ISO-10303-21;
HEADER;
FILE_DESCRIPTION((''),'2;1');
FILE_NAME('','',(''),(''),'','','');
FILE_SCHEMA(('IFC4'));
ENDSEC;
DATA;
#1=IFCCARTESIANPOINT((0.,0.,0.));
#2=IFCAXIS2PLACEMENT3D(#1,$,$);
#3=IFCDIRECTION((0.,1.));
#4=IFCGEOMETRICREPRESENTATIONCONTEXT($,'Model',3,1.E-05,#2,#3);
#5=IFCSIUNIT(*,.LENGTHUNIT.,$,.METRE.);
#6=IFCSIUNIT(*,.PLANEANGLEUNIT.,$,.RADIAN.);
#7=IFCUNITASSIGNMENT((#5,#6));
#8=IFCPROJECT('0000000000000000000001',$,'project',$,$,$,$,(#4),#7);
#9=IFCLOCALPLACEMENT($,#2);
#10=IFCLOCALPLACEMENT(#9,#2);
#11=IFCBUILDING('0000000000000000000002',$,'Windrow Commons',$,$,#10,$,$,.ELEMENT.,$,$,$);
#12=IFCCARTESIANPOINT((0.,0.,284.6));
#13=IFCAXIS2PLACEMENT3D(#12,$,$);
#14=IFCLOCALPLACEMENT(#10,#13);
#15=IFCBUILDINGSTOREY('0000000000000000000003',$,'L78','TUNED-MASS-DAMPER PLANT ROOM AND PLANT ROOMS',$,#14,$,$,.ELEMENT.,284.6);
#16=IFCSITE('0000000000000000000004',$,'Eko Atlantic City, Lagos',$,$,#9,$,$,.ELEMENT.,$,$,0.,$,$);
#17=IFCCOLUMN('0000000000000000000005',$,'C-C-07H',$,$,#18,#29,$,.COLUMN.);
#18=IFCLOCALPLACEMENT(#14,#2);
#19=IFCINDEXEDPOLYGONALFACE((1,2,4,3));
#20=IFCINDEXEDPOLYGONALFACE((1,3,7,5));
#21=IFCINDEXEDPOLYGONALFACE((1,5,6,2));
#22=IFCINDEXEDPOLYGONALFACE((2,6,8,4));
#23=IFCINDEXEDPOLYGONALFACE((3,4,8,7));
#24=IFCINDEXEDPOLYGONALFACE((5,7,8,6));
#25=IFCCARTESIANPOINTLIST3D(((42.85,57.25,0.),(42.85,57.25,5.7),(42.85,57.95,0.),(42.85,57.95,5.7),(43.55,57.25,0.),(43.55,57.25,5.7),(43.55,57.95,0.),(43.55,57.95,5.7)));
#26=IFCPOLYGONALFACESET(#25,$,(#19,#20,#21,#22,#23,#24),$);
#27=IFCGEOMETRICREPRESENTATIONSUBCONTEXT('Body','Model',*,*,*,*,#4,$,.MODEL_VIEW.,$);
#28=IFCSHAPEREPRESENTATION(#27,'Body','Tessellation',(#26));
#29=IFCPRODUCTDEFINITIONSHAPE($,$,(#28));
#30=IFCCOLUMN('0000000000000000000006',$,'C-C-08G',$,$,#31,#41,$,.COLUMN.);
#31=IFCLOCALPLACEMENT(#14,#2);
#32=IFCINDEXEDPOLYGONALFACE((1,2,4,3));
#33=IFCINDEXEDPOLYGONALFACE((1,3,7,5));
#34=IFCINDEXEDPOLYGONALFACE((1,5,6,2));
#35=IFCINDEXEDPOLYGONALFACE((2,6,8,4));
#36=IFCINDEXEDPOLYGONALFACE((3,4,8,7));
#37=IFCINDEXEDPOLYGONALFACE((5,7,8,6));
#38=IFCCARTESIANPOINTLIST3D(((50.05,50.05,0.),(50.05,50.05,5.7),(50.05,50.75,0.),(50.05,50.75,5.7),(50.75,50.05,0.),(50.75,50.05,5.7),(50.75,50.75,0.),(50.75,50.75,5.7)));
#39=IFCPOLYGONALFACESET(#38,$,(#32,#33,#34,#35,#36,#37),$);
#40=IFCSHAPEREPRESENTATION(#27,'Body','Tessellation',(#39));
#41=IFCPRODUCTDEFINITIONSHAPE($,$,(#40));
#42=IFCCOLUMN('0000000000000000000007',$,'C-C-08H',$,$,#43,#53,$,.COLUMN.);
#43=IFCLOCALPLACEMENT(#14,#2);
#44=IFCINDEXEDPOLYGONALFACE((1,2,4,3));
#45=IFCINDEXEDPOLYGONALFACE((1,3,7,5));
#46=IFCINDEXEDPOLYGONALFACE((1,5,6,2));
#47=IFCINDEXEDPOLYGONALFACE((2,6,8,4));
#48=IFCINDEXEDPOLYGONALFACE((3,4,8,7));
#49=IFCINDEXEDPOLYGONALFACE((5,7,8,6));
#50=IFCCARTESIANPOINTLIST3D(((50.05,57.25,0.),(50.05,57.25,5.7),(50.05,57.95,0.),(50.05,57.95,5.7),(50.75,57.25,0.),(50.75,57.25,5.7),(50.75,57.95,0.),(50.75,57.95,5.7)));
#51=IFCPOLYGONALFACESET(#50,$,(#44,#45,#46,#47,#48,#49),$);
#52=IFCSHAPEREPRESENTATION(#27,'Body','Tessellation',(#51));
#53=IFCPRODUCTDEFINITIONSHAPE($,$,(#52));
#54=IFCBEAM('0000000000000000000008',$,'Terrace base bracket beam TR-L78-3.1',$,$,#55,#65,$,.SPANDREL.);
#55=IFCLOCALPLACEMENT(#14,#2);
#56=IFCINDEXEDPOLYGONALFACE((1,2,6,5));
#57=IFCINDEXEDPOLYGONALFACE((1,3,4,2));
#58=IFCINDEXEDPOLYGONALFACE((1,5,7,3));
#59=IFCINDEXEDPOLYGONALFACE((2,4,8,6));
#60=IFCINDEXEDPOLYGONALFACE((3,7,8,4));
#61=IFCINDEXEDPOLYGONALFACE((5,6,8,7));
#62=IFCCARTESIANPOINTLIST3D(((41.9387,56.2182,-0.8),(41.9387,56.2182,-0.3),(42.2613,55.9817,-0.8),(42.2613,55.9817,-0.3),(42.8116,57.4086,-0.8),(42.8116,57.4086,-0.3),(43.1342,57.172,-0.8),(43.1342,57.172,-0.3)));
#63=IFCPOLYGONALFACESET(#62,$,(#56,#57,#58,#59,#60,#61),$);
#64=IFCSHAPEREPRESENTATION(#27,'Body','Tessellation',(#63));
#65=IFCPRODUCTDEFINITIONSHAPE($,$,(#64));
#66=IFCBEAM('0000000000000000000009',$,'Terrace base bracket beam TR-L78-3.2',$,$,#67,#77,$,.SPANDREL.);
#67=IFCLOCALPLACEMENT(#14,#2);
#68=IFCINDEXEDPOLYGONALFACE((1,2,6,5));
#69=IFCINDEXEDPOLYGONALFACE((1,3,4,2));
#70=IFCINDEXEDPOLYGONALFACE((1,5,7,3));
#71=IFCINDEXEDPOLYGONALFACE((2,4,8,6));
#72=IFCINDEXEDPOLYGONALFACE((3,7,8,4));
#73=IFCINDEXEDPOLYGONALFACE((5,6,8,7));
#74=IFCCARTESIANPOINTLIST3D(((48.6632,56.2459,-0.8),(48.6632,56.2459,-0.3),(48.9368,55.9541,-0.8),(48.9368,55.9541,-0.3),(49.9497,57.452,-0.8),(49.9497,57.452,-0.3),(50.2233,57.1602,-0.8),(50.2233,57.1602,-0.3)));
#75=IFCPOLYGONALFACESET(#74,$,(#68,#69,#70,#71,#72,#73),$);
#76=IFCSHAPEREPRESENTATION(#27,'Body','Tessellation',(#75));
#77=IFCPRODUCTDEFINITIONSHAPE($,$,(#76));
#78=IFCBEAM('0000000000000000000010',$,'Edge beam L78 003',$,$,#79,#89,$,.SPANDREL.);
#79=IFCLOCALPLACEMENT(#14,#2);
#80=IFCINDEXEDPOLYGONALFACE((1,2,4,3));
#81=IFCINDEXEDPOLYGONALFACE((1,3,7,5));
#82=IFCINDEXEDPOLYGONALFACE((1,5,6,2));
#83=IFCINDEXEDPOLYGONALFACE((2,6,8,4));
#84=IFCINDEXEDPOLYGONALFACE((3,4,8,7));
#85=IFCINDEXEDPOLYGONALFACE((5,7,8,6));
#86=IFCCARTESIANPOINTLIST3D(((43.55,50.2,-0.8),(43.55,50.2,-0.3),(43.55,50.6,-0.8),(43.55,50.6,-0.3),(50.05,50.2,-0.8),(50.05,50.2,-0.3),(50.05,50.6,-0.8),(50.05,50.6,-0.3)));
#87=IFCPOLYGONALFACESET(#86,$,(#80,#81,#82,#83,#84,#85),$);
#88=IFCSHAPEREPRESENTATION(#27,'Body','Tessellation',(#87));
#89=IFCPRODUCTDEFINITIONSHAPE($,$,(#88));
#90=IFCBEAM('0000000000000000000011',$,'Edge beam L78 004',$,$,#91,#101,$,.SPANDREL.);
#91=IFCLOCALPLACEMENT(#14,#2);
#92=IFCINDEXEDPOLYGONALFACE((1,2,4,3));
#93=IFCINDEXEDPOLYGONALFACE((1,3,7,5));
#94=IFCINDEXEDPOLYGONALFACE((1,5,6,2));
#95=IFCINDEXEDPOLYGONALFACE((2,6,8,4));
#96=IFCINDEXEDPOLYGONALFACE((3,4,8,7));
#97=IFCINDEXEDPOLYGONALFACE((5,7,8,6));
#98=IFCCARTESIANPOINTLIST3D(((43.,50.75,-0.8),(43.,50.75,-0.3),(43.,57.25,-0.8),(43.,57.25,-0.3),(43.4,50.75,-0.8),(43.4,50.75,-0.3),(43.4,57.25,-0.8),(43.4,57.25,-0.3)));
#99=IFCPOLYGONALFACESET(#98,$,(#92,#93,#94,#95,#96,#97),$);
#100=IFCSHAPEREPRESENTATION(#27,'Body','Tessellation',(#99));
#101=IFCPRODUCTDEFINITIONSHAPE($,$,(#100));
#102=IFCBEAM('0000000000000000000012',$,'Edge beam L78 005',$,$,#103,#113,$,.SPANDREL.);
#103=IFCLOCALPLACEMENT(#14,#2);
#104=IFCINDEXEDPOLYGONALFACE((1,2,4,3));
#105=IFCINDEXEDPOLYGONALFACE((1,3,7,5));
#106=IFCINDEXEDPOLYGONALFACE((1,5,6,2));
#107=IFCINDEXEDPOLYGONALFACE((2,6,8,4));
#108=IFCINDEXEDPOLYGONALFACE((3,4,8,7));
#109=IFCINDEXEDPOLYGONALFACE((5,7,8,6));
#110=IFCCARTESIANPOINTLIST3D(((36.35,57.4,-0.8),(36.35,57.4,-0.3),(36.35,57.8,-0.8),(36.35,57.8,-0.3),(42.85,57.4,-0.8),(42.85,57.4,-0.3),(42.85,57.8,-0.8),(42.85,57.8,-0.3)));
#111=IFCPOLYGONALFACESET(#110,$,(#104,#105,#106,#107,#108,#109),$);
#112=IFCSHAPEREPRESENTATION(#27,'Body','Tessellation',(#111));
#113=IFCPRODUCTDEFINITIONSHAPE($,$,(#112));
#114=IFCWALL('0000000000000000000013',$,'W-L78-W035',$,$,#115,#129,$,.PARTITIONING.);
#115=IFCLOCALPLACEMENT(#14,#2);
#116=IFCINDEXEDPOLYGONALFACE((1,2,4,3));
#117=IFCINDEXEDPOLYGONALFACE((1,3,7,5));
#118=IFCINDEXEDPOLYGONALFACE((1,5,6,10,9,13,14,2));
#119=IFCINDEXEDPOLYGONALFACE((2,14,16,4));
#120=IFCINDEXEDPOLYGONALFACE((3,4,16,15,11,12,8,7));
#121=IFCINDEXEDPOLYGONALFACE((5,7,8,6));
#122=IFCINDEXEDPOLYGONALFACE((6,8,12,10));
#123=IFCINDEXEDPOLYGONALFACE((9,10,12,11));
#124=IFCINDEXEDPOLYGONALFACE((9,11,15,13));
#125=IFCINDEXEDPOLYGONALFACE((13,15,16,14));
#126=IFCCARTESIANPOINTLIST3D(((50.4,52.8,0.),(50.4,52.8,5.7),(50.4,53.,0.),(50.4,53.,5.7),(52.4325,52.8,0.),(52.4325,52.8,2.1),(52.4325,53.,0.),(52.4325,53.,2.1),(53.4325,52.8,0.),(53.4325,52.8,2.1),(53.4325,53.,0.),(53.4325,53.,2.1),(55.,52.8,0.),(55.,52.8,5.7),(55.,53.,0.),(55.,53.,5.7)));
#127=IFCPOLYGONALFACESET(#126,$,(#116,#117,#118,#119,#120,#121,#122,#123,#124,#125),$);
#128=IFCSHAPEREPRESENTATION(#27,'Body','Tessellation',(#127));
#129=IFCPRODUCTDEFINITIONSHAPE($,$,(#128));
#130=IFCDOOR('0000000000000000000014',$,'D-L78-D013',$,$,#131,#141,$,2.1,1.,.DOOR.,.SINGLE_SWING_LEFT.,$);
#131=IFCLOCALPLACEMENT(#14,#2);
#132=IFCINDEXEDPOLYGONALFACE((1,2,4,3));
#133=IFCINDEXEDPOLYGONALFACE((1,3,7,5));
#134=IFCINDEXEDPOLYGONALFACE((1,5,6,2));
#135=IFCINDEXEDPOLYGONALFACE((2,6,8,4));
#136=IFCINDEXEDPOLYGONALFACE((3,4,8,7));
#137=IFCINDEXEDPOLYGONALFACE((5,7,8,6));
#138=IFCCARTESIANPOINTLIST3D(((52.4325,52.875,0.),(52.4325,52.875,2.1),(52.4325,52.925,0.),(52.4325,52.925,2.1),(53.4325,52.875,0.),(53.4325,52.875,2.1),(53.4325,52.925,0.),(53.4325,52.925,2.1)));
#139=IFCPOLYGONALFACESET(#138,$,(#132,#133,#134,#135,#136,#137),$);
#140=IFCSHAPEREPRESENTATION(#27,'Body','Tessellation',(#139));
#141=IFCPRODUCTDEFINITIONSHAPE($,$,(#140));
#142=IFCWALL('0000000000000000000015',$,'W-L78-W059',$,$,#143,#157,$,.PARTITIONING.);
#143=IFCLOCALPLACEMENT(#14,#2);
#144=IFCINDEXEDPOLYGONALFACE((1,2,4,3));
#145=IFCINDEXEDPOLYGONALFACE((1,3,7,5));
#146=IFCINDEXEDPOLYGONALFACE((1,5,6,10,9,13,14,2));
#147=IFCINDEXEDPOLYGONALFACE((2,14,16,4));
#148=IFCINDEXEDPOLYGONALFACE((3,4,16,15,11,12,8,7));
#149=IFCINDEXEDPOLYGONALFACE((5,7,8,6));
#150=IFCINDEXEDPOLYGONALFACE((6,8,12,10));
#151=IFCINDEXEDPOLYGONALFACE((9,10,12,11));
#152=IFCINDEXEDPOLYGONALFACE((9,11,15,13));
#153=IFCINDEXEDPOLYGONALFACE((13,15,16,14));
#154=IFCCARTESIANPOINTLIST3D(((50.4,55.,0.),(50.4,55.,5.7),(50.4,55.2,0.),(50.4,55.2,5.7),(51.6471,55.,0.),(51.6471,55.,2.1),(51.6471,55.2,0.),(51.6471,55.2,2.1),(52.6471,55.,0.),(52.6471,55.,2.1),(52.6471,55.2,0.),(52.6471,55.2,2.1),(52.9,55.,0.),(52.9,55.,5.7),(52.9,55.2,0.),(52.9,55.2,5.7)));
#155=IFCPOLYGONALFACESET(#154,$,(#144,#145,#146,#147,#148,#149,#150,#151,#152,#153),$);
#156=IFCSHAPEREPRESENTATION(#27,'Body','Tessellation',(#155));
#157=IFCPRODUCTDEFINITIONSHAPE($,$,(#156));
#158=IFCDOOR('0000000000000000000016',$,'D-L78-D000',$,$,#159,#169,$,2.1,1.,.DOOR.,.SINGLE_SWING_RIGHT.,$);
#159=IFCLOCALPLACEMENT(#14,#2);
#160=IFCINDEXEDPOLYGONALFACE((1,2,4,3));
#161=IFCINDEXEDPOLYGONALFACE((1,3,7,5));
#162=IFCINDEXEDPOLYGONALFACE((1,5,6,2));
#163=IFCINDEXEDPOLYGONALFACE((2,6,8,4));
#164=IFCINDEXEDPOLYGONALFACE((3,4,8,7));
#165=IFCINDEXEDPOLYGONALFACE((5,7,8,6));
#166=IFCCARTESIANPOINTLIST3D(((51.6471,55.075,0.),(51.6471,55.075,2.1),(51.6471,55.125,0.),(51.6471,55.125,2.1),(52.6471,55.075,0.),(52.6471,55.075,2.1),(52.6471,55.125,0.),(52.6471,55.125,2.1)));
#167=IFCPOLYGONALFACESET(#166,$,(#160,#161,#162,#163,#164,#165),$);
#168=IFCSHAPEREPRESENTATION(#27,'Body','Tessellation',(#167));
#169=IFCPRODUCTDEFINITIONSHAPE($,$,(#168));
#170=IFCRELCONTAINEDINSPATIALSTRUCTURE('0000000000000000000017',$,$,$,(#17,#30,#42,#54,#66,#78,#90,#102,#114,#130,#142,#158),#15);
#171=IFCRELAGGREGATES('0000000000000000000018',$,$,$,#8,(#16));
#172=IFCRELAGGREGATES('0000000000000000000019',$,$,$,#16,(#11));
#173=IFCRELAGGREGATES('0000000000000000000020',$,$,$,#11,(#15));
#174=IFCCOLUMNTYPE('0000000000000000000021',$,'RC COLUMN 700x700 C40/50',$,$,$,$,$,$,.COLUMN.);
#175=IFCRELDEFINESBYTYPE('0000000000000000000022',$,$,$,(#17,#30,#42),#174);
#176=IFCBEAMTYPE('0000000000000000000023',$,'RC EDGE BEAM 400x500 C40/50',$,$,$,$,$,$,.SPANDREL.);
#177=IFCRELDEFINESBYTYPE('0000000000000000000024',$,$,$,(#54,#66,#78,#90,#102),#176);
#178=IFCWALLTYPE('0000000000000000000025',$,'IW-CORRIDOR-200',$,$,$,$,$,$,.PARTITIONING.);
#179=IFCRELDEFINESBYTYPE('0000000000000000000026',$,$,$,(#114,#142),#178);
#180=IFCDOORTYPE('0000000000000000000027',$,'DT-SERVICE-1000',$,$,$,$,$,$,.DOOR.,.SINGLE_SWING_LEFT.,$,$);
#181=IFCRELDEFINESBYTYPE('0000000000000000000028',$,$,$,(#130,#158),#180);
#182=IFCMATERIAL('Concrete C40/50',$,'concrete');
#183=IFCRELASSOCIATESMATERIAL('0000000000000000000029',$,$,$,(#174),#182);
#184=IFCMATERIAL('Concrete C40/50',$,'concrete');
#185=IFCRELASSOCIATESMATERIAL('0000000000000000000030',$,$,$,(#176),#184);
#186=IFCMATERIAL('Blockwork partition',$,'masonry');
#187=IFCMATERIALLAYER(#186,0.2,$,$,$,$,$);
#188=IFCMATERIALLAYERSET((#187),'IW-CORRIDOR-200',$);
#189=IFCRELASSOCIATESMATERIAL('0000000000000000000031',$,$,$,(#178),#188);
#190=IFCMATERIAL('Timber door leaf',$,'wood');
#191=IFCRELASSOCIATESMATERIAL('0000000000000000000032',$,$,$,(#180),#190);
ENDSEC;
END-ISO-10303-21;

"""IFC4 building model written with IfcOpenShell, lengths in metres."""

from ifc_helpers import new_model, si_unit, direction, frame, frame_2d, origin, origin_2d, place, context, subcontext, project, spatial, rectangle, extrude, material, layer, layer_set, material_profile, profile_set, type_object, element, fill, save


model = new_model("IFC4")

# Units and contexts
model_context = context("Model", 3, precision=1e-05, world=origin(), true_north=direction((0.0, 1.0)))
body_context = subcontext(model_context, "Body", "Model", "MODEL_VIEW")
ifc_project = project(units=[si_unit("LENGTHUNIT", "METRE"), si_unit("PLANEANGLEUNIT", "RADIAN")], contexts=[model_context])

# Site, building, storey
site_placement = place(None, origin())
site = spatial("IfcSite", under=ifc_project, at=site_placement, Name="Eko Atlantic City, Lagos", CompositionType="ELEMENT", RefElevation=0.0)
building_placement = place(site_placement, origin())
building = spatial("IfcBuilding", under=site, at=building_placement, Name="Windrow Commons", CompositionType="ELEMENT")
storey_placement = place(building_placement, frame((0.0, 0.0, 284.6)))
storey = spatial("IfcBuildingStorey", under=building, at=storey_placement, Name="L78", Description="TUNED-MASS-DAMPER PLANT ROOM AND PLANT ROOMS", CompositionType="ELEMENT", Elevation=284.6)

# Columns
ifc_material_1 = material(Name="Concrete C40/50", Category="concrete")
ifc_material_profile_1 = material_profile(ifc_material_1, rectangle(XDim=0.7, YDim=0.7, at=origin_2d()))
ifc_profile_set_1 = profile_set([ifc_material_profile_1], Name="Concrete C40/50")
column_type = type_object("IfcColumnType", Name="RC COLUMN 700x700 C40/50", PredefinedType="COLUMN", material=ifc_profile_set_1)
for number, where, z_axis, x_axis, name in (
    (1, (43.2, 57.6, 0.0), (0.0, 0.0, 1.0), (1.0, 0.0, 0.0), "C-C-07H"),
    (2, (50.4, 50.4, 0.0), (0.0, 0.0, 1.0), (1.0, 0.0, 0.0), "C-C-08G"),
    (3, (50.4, 57.6, 0.0), (0.0, 0.0, 1.0), (1.0, 0.0, 0.0), "C-C-08H"),
):
    element("IfcColumn", number, at=place(storey_placement, frame(where, z_axis=z_axis, x_axis=x_axis)), inside=storey, type_object=column_type, Name=name, PredefinedType="COLUMN", context=body_context, shape_type="SweptSolid", body=[
        extrude(rectangle(XDim=0.7, YDim=0.7, at=origin_2d()), origin(), (0.0, 0.0, 1.0), 5.7),
    ])

# Beams
ifc_material_2 = material(Name="Concrete C40/50", Category="concrete")
ifc_material_profile_2 = material_profile(ifc_material_2, rectangle(XDim=0.4, YDim=0.5, at=origin_2d()))
ifc_profile_set_2 = profile_set([ifc_material_profile_2], Name="Concrete C40/50")
beam_type = type_object("IfcBeamType", Name="RC EDGE BEAM 400x500 C40/50", PredefinedType="SPANDREL", material=ifc_profile_set_2)
beam_1_placement = place(storey_placement, frame((42.9729, 57.2903, -0.55), z_axis=(-0.59137, -0.806401, 0.0), x_axis=(0.806401, -0.59137, 0.0)))
element("IfcBeam", 4, at=beam_1_placement, inside=storey, type_object=beam_type, Name="Terrace base bracket beam TR-L78-3.1", PredefinedType="SPANDREL", context=body_context, shape_type="SweptSolid", body=[
    extrude(rectangle(XDim=0.4, YDim=0.5, at=origin_2d()), origin(), (0.0, 0.0, 1.0), 1.4761),
])
beam_2_placement = place(storey_placement, frame((50.0865, 57.3061, -0.55), z_axis=(-0.729535, -0.683943, 0.0), x_axis=(0.683943, -0.729535, 0.0)))
element("IfcBeam", 5, at=beam_2_placement, inside=storey, type_object=beam_type, Name="Terrace base bracket beam TR-L78-3.2", PredefinedType="SPANDREL", context=body_context, shape_type="SweptSolid", body=[
    extrude(rectangle(XDim=0.4, YDim=0.5, at=origin_2d()), origin(), (0.0, 0.0, 1.0), 1.7635),
])
for number, where, z_axis, x_axis, name in (
    (6, (50.05, 50.4, -0.55), (-1.0, 0.0, 0.0), (0.0, -1.0, 0.0), "Edge beam L78 003"),
    (7, (43.2, 50.75, -0.55), (0.0, 1.0, 0.0), (-1.0, 0.0, 0.0), "Edge beam L78 004"),
    (8, (42.85, 57.6, -0.55), (-1.0, 0.0, 0.0), (0.0, -1.0, 0.0), "Edge beam L78 005"),
):
    element("IfcBeam", number, at=place(storey_placement, frame(where, z_axis=z_axis, x_axis=x_axis)), inside=storey, type_object=beam_type, Name=name, PredefinedType="SPANDREL", context=body_context, shape_type="SweptSolid", body=[
        extrude(rectangle(XDim=0.4, YDim=0.5, at=origin_2d()), origin(), (0.0, 0.0, 1.0), 6.5),
    ])

# Walls, openings, doors
ifc_material_3 = material(Name="Blockwork partition", Category="masonry")
ifc_layer_1 = layer(ifc_material_3, 0.2)
ifc_layer_set_1 = layer_set([ifc_layer_1], Name="IW-CORRIDOR-200")
wall_type_1 = type_object("IfcWallType", Name="IW-CORRIDOR-200", PredefinedType="PARTITIONING", material=ifc_layer_set_1)
wall_1_placement = place(storey_placement, frame((50.4, 52.9, 0.0), z_axis=(0.0, 0.0, 1.0), x_axis=(1.0, 0.0, 0.0)))
wall_1 = element("IfcWall", 9, at=wall_1_placement, inside=storey, type_object=wall_type_1, Name="W-L78-W035", PredefinedType="PARTITIONING", context=body_context, shape_type="SweptSolid", body=[
    extrude(rectangle(XDim=4.6, YDim=0.2, at=frame_2d((2.3, 0.0))), origin(), (0.0, 0.0, 1.0), 5.7),
])
opening_1_placement = place(wall_1_placement, frame((2.0325, 0.0, 0.0)))
opening_1 = element("IfcOpeningElement", 10, at=opening_1_placement, cuts=wall_1, PredefinedType="OPENING", context=body_context, shape_type="SweptSolid", body=[
    extrude(rectangle(XDim=1.0, YDim=2.1, at=frame_2d((0.5, 1.05))), frame((0.0, 0.11, 0.0), z_axis=(0.0, -1.0, 0.0), x_axis=(1.0, 0.0, 0.0)), (0.0, 0.0, 1.0), 0.22),
])
ifc_material_4 = material(Name="Timber door leaf", Category="wood")
door_type_1 = type_object("IfcDoorType", Name="DT-SERVICE-1000", OperationType="SINGLE_SWING_LEFT", PredefinedType="DOOR", material=ifc_material_4)
door_1_placement = place(opening_1_placement, origin())
door_1 = element("IfcDoor", 11, at=door_1_placement, inside=storey, type_object=door_type_1, Name="D-L78-D013", OperationType="SINGLE_SWING_LEFT", OverallHeight=2.1, OverallWidth=1.0, PredefinedType="DOOR", context=body_context, shape_type="SweptSolid", body=[
    extrude(rectangle(XDim=1.0, YDim=2.1, at=frame_2d((0.5, 1.05))), frame((0.0, 0.025, 0.0), z_axis=(0.0, -1.0, 0.0), x_axis=(1.0, 0.0, 0.0)), (0.0, 0.0, 1.0), 0.05),
])
fill(opening_1, door_1)
wall_2_placement = place(storey_placement, frame((50.4, 55.1, 0.0), z_axis=(0.0, 0.0, 1.0), x_axis=(1.0, 0.0, 0.0)))
wall_2 = element("IfcWall", 12, at=wall_2_placement, inside=storey, type_object=wall_type_1, Name="W-L78-W059", PredefinedType="PARTITIONING", context=body_context, shape_type="SweptSolid", body=[
    extrude(rectangle(XDim=2.5, YDim=0.2, at=frame_2d((1.25, 0.0))), origin(), (0.0, 0.0, 1.0), 5.7),
])
opening_2_placement = place(wall_2_placement, frame((1.2471, 0.0, 0.0)))
opening_2 = element("IfcOpeningElement", 13, at=opening_2_placement, cuts=wall_2, PredefinedType="OPENING", context=body_context, shape_type="SweptSolid", body=[
    extrude(rectangle(XDim=1.0, YDim=2.1, at=frame_2d((0.5, 1.05))), frame((0.0, 0.11, 0.0), z_axis=(0.0, -1.0, 0.0), x_axis=(1.0, 0.0, 0.0)), (0.0, 0.0, 1.0), 0.22),
])
door_2_placement = place(opening_2_placement, origin())
door_2 = element("IfcDoor", 14, at=door_2_placement, inside=storey, type_object=door_type_1, Name="D-L78-D000", OperationType="SINGLE_SWING_RIGHT", OverallHeight=2.1, OverallWidth=1.0, PredefinedType="DOOR", context=body_context, shape_type="SweptSolid", body=[
    extrude(rectangle(XDim=1.0, YDim=2.1, at=frame_2d((0.5, 1.05))), frame((0.0, 0.025, 0.0), z_axis=(0.0, -1.0, 0.0), x_axis=(1.0, 0.0, 0.0)), (0.0, 0.0, 1.0), 0.05),
])
fill(opening_2, door_2)

save(model, "model.ifc")
